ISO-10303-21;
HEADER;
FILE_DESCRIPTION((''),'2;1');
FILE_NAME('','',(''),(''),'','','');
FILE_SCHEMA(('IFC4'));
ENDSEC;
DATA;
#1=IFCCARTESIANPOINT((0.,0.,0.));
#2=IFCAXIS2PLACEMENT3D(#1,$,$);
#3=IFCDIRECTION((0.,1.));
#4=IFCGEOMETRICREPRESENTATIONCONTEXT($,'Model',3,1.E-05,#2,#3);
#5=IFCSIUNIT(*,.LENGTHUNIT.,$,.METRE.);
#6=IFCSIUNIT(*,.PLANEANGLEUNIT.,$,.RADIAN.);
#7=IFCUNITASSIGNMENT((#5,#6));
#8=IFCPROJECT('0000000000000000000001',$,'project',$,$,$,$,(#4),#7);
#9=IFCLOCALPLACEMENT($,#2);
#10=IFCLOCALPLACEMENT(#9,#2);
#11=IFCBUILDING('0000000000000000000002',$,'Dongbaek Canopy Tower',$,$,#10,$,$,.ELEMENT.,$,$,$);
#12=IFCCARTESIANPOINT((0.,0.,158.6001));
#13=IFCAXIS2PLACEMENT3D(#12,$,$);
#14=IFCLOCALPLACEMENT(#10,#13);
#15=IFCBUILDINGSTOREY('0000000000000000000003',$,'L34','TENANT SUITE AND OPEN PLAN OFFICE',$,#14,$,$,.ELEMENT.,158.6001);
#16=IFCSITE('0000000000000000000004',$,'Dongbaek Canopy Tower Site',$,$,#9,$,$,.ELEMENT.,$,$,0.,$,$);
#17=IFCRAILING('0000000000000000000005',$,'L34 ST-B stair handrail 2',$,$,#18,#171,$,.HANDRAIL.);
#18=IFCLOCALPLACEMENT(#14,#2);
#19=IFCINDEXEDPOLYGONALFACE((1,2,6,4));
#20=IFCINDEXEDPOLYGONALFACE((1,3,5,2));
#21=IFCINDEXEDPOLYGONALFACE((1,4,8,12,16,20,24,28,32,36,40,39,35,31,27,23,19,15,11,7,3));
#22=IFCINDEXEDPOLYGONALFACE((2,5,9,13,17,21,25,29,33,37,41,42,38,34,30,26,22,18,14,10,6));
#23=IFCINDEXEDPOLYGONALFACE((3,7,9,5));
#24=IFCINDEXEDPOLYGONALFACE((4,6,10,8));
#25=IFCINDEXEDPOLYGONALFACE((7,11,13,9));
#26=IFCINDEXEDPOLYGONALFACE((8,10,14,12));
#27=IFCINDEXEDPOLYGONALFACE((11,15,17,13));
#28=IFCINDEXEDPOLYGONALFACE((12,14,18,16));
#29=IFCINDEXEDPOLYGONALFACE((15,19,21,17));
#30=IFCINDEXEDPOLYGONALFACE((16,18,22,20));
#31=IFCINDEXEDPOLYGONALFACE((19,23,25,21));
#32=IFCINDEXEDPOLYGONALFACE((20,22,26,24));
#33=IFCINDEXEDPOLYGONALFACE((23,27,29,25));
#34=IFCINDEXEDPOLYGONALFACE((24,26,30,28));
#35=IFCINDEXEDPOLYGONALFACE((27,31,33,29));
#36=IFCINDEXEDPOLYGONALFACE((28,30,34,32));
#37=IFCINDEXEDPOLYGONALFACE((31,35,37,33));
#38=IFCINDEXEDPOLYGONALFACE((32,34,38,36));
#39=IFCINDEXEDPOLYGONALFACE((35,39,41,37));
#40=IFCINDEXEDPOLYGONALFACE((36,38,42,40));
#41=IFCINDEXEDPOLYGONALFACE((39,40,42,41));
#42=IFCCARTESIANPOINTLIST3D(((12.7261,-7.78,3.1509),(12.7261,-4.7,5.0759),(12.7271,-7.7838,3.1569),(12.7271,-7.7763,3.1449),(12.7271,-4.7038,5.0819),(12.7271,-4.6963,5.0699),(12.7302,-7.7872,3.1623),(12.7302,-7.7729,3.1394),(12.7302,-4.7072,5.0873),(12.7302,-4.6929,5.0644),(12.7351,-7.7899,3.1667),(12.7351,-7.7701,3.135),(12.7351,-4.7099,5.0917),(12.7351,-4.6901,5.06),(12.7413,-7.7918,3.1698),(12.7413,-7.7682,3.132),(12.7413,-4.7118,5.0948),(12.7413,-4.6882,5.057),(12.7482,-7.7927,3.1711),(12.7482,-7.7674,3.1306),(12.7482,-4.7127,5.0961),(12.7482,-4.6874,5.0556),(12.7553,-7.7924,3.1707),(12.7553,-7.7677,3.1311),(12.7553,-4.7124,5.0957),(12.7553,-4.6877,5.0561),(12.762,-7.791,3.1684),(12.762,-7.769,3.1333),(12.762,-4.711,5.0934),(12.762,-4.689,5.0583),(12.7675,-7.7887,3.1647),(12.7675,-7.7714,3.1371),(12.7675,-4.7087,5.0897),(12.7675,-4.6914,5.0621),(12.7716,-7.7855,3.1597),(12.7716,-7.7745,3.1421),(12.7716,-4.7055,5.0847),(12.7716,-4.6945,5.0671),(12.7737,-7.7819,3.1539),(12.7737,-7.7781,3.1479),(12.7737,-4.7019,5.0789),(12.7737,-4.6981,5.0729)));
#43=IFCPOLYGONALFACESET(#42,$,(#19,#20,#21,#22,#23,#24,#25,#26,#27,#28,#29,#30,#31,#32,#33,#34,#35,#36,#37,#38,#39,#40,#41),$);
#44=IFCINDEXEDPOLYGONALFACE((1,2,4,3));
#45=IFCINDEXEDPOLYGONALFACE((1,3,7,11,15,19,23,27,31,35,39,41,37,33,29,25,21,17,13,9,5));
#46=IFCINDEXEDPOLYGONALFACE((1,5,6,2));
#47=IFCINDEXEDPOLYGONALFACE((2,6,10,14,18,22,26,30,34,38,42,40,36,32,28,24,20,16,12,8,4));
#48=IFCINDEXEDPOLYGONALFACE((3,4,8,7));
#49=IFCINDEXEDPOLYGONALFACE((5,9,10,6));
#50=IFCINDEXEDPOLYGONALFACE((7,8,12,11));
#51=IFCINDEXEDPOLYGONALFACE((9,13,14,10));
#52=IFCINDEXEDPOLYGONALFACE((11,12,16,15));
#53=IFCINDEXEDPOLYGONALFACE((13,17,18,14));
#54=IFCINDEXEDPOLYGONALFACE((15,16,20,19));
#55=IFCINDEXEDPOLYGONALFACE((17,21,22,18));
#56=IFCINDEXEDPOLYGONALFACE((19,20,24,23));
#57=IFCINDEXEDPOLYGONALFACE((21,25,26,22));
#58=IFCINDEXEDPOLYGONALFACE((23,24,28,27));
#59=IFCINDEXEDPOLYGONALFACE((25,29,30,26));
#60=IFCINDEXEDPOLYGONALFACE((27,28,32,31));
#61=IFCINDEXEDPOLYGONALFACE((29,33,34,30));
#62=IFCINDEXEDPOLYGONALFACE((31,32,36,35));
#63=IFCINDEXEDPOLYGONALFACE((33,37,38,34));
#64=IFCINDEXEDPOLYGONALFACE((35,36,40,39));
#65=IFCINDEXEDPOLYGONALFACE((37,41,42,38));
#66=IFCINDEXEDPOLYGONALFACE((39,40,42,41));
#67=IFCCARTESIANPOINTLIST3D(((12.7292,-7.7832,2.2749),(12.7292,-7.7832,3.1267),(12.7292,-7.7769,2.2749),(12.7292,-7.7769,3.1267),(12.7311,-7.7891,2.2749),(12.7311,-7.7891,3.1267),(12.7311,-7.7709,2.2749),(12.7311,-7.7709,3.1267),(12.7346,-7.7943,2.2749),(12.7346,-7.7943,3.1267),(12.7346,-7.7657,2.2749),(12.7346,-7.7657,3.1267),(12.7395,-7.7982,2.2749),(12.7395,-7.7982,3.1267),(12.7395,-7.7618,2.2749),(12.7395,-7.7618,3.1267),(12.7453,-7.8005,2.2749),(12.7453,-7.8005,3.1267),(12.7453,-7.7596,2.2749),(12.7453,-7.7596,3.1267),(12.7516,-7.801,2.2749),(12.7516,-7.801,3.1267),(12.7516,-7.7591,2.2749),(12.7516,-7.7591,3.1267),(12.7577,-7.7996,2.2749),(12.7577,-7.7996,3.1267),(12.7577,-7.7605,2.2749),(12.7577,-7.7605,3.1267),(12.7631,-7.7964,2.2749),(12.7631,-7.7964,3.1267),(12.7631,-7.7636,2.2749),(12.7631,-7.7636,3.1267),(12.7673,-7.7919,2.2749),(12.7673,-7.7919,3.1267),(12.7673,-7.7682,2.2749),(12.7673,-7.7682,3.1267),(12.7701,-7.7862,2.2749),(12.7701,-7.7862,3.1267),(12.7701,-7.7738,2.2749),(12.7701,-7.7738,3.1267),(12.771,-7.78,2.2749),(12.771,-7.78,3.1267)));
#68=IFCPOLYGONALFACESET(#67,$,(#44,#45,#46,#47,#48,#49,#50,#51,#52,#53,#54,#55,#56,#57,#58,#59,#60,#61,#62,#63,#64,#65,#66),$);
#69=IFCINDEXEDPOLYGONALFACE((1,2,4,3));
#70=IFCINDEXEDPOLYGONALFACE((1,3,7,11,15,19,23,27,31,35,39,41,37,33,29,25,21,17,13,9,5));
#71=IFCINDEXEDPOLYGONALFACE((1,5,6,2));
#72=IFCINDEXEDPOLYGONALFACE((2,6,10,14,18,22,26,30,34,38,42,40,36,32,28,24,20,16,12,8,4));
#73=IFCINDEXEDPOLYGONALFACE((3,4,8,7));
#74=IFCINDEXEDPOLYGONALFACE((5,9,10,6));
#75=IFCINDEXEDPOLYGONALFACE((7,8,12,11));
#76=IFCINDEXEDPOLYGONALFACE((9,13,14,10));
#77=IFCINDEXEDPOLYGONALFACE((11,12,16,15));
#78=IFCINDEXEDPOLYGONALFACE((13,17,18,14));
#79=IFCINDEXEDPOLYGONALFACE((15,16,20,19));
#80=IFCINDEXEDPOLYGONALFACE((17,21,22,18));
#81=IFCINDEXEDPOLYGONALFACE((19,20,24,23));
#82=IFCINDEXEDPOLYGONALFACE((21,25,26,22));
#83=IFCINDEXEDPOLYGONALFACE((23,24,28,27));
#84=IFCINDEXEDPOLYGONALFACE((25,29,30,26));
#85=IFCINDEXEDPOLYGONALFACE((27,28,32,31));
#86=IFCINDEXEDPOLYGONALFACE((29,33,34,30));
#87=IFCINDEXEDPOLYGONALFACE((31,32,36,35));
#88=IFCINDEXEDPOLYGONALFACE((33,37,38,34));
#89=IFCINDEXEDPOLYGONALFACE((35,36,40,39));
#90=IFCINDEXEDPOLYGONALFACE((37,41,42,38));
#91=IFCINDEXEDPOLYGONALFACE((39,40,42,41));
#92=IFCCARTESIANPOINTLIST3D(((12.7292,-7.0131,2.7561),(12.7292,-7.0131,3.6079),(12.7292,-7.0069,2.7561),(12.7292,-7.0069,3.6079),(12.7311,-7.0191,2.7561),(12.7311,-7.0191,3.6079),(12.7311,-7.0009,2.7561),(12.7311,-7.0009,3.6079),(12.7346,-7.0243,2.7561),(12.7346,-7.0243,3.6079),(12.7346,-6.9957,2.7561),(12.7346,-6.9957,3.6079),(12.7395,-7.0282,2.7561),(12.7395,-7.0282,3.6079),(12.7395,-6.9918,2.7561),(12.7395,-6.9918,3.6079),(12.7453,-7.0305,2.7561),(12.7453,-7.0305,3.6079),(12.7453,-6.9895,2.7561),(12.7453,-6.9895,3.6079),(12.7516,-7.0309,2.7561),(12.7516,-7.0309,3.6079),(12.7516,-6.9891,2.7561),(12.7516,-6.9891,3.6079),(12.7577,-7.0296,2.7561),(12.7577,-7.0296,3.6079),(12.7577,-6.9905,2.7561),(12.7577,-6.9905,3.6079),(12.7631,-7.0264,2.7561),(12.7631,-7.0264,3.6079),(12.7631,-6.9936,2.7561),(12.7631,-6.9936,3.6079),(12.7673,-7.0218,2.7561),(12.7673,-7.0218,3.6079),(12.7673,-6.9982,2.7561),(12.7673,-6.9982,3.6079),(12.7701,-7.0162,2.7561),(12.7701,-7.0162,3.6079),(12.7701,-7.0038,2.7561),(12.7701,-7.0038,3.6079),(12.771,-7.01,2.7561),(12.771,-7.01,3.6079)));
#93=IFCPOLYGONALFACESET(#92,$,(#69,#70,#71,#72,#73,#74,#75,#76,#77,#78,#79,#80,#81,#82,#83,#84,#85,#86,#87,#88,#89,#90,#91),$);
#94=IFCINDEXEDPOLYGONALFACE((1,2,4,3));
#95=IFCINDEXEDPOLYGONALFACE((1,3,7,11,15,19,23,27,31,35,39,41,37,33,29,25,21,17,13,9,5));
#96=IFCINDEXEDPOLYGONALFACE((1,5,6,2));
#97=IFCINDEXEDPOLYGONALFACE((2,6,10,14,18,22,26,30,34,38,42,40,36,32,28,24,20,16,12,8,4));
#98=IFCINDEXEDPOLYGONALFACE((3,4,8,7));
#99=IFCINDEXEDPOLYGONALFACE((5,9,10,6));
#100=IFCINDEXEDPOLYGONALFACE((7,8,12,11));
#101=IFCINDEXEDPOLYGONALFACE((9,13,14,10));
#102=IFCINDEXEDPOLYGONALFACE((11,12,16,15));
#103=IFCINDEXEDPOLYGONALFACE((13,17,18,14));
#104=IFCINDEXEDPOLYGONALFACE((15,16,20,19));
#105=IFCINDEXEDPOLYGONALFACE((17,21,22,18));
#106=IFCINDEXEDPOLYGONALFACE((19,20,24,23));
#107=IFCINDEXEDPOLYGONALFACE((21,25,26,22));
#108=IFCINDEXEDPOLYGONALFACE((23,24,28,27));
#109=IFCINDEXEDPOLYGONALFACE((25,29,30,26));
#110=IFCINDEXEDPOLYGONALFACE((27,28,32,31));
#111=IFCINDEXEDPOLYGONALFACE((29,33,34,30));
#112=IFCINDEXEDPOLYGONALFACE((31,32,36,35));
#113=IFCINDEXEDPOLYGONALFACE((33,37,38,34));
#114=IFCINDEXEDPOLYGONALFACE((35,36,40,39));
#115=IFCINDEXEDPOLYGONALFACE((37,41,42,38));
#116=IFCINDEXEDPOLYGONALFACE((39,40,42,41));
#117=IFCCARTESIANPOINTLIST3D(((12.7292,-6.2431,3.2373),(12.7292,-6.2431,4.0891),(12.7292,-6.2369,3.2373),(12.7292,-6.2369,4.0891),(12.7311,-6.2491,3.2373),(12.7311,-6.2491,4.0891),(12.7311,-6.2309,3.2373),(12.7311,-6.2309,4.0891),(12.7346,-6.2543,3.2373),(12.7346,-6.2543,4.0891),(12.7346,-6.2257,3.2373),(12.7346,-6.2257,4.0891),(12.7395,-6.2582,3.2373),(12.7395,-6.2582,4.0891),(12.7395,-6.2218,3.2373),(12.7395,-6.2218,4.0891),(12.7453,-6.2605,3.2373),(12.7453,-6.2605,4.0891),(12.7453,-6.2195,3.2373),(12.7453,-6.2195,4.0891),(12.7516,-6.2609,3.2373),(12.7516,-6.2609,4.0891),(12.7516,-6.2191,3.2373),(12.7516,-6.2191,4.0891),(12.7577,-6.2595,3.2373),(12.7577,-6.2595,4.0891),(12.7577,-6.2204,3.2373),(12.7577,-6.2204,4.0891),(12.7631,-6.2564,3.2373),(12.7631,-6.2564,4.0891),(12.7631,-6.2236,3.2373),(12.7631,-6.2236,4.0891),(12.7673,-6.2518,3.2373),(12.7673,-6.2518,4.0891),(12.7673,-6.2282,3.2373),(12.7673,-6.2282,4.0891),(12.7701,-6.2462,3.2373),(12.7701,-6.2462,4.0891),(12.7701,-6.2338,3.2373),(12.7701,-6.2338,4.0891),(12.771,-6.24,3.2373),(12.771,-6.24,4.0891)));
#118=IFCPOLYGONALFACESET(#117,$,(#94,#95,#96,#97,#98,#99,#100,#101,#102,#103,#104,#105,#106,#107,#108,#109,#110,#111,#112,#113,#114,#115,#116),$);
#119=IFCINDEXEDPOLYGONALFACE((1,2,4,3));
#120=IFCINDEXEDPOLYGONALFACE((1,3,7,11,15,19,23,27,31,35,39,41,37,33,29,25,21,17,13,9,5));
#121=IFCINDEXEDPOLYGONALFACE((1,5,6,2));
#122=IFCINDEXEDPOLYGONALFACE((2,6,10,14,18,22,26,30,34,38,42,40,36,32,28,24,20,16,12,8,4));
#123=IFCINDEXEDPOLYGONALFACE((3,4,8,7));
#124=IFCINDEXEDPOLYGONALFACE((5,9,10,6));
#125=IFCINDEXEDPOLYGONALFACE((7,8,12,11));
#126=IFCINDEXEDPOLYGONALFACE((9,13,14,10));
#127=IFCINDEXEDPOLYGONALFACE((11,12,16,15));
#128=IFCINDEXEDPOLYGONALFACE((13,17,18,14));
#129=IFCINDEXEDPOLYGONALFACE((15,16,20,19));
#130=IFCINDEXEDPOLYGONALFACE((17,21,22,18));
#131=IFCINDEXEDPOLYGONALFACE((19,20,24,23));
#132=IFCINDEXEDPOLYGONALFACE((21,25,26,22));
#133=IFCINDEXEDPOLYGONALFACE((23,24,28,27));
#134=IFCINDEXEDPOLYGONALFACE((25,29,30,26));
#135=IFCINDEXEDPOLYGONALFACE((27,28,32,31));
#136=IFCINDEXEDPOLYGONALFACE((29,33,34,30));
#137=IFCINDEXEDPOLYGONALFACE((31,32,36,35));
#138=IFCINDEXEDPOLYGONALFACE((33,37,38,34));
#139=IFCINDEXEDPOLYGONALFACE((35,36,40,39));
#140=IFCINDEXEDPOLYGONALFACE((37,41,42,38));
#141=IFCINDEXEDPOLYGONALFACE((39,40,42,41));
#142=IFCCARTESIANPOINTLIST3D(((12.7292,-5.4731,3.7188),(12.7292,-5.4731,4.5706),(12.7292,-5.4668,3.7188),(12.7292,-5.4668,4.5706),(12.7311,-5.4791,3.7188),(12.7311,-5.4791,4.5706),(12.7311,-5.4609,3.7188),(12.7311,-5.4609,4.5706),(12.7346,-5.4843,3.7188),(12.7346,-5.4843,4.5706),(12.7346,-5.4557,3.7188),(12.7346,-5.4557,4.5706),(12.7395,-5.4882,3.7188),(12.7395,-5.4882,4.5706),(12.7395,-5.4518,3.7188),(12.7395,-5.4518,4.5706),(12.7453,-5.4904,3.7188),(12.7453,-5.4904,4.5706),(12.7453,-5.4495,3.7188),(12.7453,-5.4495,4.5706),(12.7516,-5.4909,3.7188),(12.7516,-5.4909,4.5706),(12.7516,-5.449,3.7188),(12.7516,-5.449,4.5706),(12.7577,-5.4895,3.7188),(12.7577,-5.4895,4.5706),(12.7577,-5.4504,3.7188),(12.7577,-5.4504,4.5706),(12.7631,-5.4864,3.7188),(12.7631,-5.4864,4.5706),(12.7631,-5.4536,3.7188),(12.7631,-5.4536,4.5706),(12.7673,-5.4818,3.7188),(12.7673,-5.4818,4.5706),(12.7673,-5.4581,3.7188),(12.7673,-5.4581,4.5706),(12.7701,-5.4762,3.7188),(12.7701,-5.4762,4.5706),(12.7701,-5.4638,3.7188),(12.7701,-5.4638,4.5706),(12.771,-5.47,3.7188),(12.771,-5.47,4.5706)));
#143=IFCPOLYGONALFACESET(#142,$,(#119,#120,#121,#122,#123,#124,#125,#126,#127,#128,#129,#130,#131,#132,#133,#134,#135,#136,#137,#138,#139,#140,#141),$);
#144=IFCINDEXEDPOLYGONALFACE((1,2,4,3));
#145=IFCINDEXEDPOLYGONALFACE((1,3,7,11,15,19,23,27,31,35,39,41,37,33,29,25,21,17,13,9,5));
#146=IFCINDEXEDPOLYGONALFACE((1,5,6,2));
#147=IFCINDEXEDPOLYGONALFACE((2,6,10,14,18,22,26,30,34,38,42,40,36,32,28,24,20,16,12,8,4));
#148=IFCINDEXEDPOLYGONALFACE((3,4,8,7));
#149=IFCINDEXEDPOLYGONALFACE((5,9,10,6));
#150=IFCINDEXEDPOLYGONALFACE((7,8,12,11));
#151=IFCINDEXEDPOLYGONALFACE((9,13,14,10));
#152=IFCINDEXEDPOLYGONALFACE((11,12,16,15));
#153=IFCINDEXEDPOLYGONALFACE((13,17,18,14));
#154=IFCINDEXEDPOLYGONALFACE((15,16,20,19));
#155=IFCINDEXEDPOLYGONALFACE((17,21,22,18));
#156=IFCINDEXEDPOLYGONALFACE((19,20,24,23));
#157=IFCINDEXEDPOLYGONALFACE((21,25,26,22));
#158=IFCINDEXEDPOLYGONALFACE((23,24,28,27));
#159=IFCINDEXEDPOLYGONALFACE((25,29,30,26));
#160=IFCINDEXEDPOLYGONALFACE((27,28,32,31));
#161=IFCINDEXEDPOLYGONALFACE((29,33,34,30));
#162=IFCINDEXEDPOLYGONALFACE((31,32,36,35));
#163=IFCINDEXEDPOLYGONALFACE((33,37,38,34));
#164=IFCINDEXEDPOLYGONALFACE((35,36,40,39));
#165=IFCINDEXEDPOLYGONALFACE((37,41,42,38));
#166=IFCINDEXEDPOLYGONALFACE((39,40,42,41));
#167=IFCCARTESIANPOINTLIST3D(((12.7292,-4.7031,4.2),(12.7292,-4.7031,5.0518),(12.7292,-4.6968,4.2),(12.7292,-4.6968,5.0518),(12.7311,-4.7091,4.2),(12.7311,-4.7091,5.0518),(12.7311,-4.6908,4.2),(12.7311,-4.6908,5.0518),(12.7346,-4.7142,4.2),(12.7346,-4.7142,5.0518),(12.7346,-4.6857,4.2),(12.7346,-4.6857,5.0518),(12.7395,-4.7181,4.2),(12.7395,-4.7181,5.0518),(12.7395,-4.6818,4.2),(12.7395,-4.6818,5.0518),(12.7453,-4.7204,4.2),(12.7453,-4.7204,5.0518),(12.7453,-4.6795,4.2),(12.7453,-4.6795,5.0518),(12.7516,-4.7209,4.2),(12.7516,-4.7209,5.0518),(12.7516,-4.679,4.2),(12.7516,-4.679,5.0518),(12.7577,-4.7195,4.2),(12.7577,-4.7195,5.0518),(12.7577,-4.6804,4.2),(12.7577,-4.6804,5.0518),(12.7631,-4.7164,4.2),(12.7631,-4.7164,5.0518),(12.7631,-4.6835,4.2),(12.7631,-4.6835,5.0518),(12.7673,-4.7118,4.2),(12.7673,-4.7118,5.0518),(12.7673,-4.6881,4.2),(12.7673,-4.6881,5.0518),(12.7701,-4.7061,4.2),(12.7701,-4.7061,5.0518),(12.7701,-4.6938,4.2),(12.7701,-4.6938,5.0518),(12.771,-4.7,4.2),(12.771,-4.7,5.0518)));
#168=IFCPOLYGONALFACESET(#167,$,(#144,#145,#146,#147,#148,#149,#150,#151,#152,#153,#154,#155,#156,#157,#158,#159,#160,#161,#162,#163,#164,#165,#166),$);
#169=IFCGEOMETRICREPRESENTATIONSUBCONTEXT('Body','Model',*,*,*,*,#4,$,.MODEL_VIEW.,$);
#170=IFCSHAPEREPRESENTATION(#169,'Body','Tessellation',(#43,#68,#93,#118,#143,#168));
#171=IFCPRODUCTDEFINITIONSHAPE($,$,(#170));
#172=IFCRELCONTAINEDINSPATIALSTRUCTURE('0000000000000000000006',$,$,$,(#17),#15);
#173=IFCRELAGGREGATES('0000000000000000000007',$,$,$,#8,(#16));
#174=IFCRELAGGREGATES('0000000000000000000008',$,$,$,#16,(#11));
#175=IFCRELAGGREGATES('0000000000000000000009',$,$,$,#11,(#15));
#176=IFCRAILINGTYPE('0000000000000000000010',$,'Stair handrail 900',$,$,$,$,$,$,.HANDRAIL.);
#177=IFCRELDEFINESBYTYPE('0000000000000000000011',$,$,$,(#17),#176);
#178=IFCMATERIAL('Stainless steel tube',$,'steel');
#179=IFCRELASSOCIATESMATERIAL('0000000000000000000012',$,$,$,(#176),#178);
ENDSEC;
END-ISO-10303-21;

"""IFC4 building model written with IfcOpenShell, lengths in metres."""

from ifc_helpers import new_model, si_unit, direction, frame, origin, origin_2d, place, context, subcontext, project, spatial, circle, extrude, material, type_object, element, save


model = new_model("IFC4")

# Units and contexts
model_context = context("Model", 3, precision=1e-05, world=origin(), true_north=direction((0.0, 1.0)))
body_context = subcontext(model_context, "Body", "Model", "MODEL_VIEW")
ifc_project = project(units=[si_unit("LENGTHUNIT", "METRE"), si_unit("PLANEANGLEUNIT", "RADIAN")], contexts=[model_context])

# Site, building, storey
site_placement = place(None, origin())
site = spatial("IfcSite", under=ifc_project, at=site_placement, Name="Dongbaek Canopy Tower Site", CompositionType="ELEMENT", RefElevation=0.0)
building_placement = place(site_placement, origin())
building = spatial("IfcBuilding", under=site, at=building_placement, Name="Dongbaek Canopy Tower", CompositionType="ELEMENT")
storey_placement = place(building_placement, frame((0.0, 0.0, 158.6001)))
storey = spatial("IfcBuildingStorey", under=building, at=storey_placement, Name="L34", Description="TENANT SUITE AND OPEN PLAN OFFICE", CompositionType="ELEMENT", Elevation=158.6001)

# Railing
ifc_material_1 = material(Name="Stainless steel tube", Category="steel")
railing_type_1 = type_object("IfcRailingType", Name="Stair handrail 900", PredefinedType="HANDRAIL", material=ifc_material_1)
railing_1_placement = place(storey_placement, frame((12.75, -7.78, 2.2749)))
element("IfcRailing", 1, at=railing_1_placement, inside=storey, type_object=railing_type_1, Name="L34 ST-B stair handrail 2", PredefinedType="HANDRAIL", context=body_context, shape_type="SweptSolid", body=[
    extrude(circle(Radius=0.0239, at=origin_2d()), frame((0.0, 0.0, 0.876), z_axis=(0.0, 0.847998, 0.529999), x_axis=(-1.0, 0.0, 0.0)), (0.0, 0.0, 1.0), 3.6321),
    extrude(circle(Radius=0.021, at=origin_2d()), origin(), (0.0, 0.0, 1.0), 0.8518),
    extrude(circle(Radius=0.021, at=origin_2d()), frame((0.0, 0.77, 0.4812)), (0.0, 0.0, 1.0), 0.8518),
    extrude(circle(Radius=0.021, at=origin_2d()), frame((0.0, 1.54, 0.9624)), (0.0, 0.0, 1.0), 0.8518),
    extrude(circle(Radius=0.021, at=origin_2d()), frame((0.0, 2.3101, 1.4438)), (0.0, 0.0, 1.0), 0.8518),
    extrude(circle(Radius=0.021, at=origin_2d()), frame((0.0, 3.0801, 1.925)), (0.0, 0.0, 1.0), 0.8518),
])

save(model, "model.ifc")
